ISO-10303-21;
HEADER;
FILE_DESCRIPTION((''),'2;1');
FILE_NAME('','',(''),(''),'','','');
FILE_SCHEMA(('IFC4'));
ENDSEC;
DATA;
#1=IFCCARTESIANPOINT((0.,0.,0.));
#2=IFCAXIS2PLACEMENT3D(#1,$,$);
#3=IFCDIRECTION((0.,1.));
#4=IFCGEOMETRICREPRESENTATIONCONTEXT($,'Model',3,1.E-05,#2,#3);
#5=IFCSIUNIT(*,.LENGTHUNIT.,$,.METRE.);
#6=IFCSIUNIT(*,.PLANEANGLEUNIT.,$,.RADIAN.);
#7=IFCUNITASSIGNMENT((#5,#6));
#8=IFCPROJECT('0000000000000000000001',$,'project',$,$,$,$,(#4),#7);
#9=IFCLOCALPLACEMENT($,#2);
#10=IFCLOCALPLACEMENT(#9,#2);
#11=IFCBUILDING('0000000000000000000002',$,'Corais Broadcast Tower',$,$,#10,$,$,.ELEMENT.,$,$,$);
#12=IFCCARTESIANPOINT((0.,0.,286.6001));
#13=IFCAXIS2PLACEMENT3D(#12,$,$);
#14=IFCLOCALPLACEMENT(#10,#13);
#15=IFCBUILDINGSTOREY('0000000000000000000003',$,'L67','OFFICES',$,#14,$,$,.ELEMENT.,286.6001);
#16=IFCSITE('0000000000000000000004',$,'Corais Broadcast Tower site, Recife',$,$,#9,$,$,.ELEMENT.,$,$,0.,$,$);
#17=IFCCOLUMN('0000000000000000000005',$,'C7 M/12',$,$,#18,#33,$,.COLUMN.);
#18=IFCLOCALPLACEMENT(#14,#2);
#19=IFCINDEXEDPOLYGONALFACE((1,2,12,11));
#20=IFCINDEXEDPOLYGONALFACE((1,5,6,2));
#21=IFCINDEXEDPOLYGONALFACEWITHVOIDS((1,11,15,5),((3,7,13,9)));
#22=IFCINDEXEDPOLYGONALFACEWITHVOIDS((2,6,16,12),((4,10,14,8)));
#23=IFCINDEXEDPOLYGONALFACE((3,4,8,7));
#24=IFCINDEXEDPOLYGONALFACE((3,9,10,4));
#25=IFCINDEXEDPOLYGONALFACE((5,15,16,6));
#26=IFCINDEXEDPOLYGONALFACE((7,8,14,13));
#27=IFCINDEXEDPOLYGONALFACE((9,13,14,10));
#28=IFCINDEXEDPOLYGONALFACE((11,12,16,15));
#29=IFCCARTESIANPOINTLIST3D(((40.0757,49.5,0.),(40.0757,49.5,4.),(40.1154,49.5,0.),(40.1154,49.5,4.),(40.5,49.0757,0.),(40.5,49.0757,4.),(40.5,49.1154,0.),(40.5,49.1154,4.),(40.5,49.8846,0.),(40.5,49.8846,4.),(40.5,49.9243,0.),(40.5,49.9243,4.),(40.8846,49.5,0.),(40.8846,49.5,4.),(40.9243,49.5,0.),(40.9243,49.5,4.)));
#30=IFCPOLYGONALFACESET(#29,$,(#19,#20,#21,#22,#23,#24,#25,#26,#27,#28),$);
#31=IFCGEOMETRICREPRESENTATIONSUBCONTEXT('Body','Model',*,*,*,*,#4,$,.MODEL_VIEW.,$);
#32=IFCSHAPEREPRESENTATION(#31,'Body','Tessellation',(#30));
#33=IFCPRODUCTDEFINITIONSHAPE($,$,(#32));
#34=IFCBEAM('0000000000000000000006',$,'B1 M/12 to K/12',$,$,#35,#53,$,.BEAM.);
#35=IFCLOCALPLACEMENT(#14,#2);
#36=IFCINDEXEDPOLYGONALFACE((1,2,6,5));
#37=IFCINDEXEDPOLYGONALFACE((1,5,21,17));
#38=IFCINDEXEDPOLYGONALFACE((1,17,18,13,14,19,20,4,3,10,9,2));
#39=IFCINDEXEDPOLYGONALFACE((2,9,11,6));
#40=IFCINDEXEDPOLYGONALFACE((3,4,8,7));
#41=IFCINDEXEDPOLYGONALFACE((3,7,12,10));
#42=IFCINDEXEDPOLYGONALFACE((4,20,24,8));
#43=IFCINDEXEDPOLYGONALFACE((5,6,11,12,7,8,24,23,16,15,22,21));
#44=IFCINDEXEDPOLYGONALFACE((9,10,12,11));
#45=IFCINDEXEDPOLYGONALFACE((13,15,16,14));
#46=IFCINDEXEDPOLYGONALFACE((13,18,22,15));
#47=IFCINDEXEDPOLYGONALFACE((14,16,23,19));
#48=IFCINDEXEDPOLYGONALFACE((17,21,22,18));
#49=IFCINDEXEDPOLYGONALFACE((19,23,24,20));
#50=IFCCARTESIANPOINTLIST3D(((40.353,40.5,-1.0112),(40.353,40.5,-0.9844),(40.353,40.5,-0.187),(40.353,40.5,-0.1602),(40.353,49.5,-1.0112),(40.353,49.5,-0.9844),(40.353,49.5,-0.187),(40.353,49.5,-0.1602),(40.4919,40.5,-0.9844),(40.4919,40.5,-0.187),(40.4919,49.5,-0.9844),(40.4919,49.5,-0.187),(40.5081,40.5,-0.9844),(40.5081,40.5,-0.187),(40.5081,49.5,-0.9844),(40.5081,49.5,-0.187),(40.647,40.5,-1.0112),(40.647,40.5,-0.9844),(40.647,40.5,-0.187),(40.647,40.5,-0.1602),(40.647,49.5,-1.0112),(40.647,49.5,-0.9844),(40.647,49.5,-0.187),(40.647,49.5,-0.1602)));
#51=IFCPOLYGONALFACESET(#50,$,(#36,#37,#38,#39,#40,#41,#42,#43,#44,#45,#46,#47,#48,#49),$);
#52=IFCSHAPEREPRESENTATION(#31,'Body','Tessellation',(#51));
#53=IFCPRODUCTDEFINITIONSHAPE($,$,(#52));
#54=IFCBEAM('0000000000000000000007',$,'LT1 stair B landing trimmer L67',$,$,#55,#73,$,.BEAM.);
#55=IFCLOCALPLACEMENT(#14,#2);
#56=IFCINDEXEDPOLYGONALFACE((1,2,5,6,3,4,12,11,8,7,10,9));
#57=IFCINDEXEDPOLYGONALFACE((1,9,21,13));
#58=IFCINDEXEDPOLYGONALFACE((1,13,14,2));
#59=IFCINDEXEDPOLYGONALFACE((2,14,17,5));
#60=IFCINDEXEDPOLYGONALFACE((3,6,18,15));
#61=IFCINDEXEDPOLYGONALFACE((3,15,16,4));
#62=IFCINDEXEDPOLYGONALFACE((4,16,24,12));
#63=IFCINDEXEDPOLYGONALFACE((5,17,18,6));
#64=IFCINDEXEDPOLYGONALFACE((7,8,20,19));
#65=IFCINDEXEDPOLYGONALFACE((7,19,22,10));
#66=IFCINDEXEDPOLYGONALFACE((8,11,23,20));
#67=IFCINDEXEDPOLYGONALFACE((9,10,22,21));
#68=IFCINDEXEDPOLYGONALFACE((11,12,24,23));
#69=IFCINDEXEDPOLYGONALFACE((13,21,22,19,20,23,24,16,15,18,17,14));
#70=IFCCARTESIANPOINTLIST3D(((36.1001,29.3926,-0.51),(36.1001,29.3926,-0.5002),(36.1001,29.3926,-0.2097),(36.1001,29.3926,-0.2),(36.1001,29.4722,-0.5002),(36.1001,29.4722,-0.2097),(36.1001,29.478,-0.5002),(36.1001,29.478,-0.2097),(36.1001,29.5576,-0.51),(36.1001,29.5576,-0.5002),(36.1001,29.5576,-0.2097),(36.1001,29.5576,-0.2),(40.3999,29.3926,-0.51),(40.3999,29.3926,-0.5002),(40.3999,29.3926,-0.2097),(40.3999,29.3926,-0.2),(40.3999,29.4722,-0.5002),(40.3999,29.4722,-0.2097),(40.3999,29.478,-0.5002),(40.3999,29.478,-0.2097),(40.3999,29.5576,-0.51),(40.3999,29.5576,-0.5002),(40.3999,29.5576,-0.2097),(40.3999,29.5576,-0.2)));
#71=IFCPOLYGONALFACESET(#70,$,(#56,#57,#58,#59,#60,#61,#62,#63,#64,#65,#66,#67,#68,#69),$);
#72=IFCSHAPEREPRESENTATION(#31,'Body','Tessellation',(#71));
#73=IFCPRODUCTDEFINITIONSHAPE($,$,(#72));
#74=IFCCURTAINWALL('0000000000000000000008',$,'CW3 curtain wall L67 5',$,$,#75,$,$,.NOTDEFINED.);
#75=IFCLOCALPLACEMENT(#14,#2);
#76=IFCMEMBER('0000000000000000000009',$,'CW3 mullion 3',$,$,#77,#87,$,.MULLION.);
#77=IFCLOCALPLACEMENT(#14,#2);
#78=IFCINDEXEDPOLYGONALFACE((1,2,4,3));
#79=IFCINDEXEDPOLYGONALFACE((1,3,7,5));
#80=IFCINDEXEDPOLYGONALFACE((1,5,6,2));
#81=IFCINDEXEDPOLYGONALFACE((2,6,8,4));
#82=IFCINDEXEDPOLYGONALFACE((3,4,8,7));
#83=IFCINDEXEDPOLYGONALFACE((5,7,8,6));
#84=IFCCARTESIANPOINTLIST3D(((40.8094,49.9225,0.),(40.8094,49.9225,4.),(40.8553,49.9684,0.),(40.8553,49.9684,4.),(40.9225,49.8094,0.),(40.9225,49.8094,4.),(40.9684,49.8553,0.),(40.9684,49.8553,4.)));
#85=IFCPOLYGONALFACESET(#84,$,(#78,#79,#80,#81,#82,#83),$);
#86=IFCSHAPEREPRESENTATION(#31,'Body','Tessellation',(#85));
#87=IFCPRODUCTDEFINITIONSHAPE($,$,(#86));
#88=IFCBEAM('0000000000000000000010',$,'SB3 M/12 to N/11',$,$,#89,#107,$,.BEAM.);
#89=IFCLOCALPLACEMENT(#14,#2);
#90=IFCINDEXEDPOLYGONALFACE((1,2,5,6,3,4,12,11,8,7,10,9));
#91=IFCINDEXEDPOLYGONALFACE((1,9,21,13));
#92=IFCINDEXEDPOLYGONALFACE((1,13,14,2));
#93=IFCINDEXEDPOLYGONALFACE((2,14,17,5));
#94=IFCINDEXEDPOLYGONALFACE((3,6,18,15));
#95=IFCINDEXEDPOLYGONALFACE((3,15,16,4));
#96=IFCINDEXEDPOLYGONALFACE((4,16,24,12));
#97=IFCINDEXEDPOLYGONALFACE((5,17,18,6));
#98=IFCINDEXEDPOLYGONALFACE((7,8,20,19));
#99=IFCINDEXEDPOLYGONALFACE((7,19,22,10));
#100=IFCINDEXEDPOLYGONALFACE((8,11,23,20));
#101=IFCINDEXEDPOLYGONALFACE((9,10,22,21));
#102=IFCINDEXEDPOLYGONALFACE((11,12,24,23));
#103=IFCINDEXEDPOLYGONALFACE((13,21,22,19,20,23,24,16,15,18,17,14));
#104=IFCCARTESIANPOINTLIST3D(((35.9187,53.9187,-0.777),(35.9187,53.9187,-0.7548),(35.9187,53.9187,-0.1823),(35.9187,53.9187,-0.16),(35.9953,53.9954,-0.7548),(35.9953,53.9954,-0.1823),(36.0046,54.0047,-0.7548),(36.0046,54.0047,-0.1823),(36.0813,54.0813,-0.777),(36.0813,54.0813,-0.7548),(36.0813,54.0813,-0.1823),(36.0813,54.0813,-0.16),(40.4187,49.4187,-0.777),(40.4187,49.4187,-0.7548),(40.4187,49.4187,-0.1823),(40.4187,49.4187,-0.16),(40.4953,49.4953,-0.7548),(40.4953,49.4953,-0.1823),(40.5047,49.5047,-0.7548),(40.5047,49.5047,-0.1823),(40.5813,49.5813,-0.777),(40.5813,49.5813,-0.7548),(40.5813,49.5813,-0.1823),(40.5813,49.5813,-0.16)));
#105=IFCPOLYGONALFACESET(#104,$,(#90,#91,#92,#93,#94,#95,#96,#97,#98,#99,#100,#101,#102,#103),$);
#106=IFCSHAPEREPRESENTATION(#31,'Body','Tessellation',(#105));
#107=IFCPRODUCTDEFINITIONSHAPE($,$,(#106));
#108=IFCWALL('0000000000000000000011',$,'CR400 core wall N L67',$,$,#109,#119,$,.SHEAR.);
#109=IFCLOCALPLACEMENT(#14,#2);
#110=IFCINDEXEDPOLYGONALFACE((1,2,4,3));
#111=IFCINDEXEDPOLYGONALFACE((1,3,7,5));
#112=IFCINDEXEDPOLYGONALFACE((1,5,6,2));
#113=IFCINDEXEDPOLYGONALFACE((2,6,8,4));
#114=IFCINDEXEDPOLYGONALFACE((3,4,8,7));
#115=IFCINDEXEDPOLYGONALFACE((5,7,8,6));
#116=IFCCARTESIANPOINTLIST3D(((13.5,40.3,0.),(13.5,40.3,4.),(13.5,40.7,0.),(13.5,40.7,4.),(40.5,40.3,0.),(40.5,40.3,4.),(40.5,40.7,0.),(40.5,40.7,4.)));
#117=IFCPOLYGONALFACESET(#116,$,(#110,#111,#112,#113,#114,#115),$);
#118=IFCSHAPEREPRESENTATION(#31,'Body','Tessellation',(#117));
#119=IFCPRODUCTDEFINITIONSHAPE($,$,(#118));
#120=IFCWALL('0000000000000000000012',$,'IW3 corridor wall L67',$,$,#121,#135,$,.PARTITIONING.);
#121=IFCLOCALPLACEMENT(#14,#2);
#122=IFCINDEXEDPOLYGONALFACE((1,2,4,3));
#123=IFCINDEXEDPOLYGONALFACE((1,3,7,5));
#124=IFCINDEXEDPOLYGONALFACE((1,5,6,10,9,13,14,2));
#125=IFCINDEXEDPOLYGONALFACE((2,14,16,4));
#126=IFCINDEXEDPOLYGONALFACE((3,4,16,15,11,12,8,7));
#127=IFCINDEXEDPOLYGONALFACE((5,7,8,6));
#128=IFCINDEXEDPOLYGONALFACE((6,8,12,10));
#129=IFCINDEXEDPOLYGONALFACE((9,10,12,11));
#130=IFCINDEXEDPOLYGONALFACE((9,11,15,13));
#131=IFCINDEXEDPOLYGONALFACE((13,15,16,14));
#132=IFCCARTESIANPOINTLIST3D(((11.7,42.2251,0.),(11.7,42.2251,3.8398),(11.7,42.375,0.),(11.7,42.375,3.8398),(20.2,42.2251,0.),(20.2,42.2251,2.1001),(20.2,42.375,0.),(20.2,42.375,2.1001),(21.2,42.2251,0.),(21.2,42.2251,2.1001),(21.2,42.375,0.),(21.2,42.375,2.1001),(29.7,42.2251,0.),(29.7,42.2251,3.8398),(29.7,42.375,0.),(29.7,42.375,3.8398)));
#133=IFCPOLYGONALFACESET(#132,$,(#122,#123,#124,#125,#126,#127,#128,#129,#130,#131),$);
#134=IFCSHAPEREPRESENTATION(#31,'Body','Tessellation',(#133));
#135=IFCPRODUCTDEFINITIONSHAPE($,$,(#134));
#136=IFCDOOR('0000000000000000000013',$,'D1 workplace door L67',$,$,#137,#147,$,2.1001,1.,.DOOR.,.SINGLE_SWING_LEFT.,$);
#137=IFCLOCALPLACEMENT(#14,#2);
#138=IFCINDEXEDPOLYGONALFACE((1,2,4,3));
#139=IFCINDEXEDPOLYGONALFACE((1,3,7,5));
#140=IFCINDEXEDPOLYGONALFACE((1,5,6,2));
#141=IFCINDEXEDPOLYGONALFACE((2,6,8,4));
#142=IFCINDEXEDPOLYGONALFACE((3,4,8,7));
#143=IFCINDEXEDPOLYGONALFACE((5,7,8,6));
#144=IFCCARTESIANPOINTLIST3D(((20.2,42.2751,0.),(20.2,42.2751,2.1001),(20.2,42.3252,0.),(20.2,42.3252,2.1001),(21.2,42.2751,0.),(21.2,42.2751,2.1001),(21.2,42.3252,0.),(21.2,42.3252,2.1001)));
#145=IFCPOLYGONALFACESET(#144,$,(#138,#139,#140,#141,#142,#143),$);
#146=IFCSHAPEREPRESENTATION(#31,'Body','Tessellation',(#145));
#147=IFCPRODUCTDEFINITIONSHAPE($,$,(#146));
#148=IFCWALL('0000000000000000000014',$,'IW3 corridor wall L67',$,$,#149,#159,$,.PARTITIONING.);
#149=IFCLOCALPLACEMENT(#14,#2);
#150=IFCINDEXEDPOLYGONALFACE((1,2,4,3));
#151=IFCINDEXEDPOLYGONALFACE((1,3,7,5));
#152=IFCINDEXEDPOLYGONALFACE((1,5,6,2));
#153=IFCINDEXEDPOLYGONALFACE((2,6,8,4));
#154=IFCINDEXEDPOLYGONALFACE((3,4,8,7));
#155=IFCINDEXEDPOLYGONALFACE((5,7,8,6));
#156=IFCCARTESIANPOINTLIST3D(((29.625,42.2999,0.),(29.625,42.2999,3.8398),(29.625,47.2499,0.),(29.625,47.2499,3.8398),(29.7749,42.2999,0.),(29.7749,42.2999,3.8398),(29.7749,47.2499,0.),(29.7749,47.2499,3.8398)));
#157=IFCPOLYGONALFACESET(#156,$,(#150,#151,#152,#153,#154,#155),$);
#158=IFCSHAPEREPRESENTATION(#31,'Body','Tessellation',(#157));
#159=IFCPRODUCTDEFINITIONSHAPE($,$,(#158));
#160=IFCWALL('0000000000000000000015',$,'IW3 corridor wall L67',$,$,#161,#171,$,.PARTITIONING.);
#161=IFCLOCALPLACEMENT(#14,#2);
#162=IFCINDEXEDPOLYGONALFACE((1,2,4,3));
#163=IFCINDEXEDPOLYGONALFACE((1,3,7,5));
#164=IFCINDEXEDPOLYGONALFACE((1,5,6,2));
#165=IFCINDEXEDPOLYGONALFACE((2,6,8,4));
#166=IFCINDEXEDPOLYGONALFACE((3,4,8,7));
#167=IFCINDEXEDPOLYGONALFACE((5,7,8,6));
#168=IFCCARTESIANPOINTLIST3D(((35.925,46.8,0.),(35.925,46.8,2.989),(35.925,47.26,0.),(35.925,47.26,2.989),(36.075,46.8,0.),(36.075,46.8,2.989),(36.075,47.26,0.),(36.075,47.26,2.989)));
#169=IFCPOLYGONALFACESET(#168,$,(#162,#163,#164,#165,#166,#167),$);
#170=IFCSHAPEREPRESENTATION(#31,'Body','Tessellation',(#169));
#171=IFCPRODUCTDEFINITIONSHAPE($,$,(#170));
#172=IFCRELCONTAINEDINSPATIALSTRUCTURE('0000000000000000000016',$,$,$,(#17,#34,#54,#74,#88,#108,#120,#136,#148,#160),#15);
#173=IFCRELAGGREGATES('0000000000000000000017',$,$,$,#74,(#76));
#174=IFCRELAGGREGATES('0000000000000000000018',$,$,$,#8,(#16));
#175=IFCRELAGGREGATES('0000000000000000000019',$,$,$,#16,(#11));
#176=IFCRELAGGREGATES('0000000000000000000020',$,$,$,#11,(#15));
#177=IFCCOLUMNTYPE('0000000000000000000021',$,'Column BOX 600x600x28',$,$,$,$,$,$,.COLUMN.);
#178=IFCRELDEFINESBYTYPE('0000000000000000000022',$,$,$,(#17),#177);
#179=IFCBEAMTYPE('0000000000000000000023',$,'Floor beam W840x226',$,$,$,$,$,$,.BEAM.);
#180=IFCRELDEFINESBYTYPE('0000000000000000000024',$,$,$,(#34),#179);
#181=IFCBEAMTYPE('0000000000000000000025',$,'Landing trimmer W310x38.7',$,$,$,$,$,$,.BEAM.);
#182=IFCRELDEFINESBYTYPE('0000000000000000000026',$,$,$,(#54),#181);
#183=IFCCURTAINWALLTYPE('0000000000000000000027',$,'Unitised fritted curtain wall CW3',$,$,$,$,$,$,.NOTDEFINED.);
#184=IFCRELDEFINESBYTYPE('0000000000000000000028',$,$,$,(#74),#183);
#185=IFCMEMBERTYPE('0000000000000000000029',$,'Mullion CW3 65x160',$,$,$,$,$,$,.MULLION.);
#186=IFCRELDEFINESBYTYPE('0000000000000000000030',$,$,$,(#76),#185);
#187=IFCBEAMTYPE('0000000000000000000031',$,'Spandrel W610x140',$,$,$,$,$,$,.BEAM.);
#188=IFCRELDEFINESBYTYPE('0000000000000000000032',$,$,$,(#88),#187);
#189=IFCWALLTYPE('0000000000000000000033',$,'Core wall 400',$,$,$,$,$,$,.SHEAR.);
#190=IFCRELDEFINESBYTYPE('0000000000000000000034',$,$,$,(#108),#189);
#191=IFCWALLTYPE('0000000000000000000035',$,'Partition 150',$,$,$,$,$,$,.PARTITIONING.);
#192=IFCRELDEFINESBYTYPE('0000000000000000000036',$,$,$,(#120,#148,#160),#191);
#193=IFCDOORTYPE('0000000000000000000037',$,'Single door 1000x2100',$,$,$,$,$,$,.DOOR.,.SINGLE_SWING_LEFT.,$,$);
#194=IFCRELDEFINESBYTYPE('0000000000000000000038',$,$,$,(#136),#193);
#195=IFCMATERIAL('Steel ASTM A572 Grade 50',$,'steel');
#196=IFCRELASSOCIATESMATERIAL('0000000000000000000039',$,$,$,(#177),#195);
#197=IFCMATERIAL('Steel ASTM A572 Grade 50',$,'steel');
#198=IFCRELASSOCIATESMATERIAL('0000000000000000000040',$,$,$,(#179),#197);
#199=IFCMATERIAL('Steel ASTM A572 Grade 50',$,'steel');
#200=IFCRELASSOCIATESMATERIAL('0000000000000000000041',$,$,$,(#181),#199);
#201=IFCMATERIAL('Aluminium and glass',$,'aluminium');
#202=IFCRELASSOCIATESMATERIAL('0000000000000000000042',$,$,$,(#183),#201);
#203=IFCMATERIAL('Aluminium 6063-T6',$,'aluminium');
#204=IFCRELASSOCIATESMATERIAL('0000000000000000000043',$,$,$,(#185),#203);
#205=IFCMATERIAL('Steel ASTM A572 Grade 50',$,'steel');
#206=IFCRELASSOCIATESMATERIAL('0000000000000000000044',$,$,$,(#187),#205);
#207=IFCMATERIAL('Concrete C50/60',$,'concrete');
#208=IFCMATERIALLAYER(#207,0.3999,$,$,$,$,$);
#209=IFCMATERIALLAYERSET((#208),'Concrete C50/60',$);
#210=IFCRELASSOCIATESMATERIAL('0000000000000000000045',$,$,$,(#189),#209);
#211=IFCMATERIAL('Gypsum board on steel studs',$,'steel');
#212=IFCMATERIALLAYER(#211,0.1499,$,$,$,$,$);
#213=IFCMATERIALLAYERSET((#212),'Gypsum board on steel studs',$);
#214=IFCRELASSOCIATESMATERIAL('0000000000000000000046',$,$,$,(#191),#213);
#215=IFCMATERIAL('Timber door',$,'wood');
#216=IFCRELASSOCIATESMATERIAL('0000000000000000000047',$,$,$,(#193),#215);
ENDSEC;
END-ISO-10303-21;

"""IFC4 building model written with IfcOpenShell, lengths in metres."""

from ifc_helpers import new_model, si_unit, direction, frame, frame_2d, origin, origin_2d, place, context, subcontext, project, spatial, rectangle, hollow_rectangle, i_section, extrude, material, layer, layer_set, material_profile, profile_set, type_object, element, fill, aggregate, save


model = new_model("IFC4")

# Units and contexts
model_context = context("Model", 3, precision=1e-05, world=origin(), true_north=direction((0.0, 1.0)))
body_context = subcontext(model_context, "Body", "Model", "MODEL_VIEW")
ifc_project = project(units=[si_unit("LENGTHUNIT", "METRE"), si_unit("PLANEANGLEUNIT", "RADIAN")], contexts=[model_context])

# Site, building, storey
site_placement = place(None, origin())
site = spatial("IfcSite", under=ifc_project, at=site_placement, Name="Corais Broadcast Tower site, Recife", CompositionType="ELEMENT", RefElevation=0.0)
building_placement = place(site_placement, origin())
building = spatial("IfcBuilding", under=site, at=building_placement, Name="Corais Broadcast Tower", CompositionType="ELEMENT")
storey_placement = place(building_placement, frame((0.0, 0.0, 286.6001)))
storey = spatial("IfcBuildingStorey", under=building, at=storey_placement, Name="L67", Description="OFFICES", CompositionType="ELEMENT", Elevation=286.6001)

# Column
ifc_material_1 = material(Name="Steel ASTM A572 Grade 50", Category="steel")
ifc_material_profile_1 = material_profile(ifc_material_1, hollow_rectangle(XDim=0.6001, YDim=0.6001, WallThickness=0.0281, at=origin_2d()), Name="BOX 600x600x28")
ifc_profile_set_1 = profile_set([ifc_material_profile_1], Name="Steel ASTM A572 Grade 50")
column_type = type_object("IfcColumnType", Name="Column BOX 600x600x28", PredefinedType="COLUMN", material=ifc_profile_set_1)
column_placement = place(storey_placement, frame((40.5, 49.5, 0.0), z_axis=(0.0, 0.0, 1.0), x_axis=(0.707107, 0.707107, 0.0)))
element("IfcColumn", 1, at=column_placement, inside=storey, type_object=column_type, Name="C7 M/12", PredefinedType="COLUMN", context=body_context, shape_type="SweptSolid", body=[
    extrude(hollow_rectangle(XDim=0.6001, YDim=0.6001, WallThickness=0.0281, at=origin_2d()), origin(), (0.0, 0.0, 1.0), 4.0),
])

# Beams
ifc_material_2 = material(Name="Steel ASTM A572 Grade 50", Category="steel")
ifc_material_profile_2 = material_profile(ifc_material_2, i_section(OverallWidth=0.2939, OverallDepth=0.8511, WebThickness=0.0161, FlangeThickness=0.0269, at=origin_2d()), Name="W840x226")
ifc_profile_set_2 = profile_set([ifc_material_profile_2], Name="Steel ASTM A572 Grade 50")
beam_type_1 = type_object("IfcBeamType", Name="Floor beam W840x226", PredefinedType="BEAM", material=ifc_profile_set_2)
beam_1_placement = place(storey_placement, frame((40.5, 49.5, -0.5857), z_axis=(0.0, -1.0, 0.0), x_axis=(1.0, 0.0, 0.0)))
element("IfcBeam", 2, at=beam_1_placement, inside=storey, type_object=beam_type_1, Name="B1 M/12 to K/12", PredefinedType="BEAM", context=body_context, shape_type="SweptSolid", body=[
    extrude(i_section(OverallWidth=0.2939, OverallDepth=0.8511, WebThickness=0.0161, FlangeThickness=0.0269, at=origin_2d()), origin(), (0.0, 0.0, 1.0), 9.0),
])
ifc_material_3 = material(Name="Steel ASTM A572 Grade 50", Category="steel")
ifc_material_profile_3 = material_profile(ifc_material_3, i_section(OverallWidth=0.165, OverallDepth=0.3101, WebThickness=0.0059, FlangeThickness=0.0098, at=origin_2d()), Name="W310x38.7")
ifc_profile_set_3 = profile_set([ifc_material_profile_3], Name="Steel ASTM A572 Grade 50")
beam_type_2 = type_object("IfcBeamType", Name="Landing trimmer W310x38.7", PredefinedType="BEAM", material=ifc_profile_set_3)
beam_2_placement = place(storey_placement, frame((36.1001, 29.4751, -0.355), z_axis=(1.0, 0.0, 0.0), x_axis=(0.0, 1.0, 0.0)))
element("IfcBeam", 3, at=beam_2_placement, inside=storey, type_object=beam_type_2, Name="LT1 stair B landing trimmer L67", PredefinedType="BEAM", context=body_context, shape_type="SweptSolid", body=[
    extrude(i_section(OverallWidth=0.165, OverallDepth=0.3101, WebThickness=0.0059, FlangeThickness=0.0098, at=origin_2d()), origin(), (0.0, 0.0, 1.0), 4.2998),
])

# Curtain wall, member
ifc_material_4 = material(Name="Aluminium and glass", Category="aluminium")
curtain_wall_type = type_object("IfcCurtainWallType", Name="Unitised fritted curtain wall CW3", PredefinedType="NOTDEFINED", material=ifc_material_4)
curtain_wall_placement = place(storey_placement, origin())
curtain_wall = element("IfcCurtainWall", 4, at=curtain_wall_placement, inside=storey, type_object=curtain_wall_type, Name="CW3 curtain wall L67 5", PredefinedType="NOTDEFINED")
ifc_material_5 = material(Name="Aluminium 6063-T6", Category="aluminium")
ifc_material_profile_4 = material_profile(ifc_material_5, rectangle(XDim=0.0649, YDim=0.1599, at=origin_2d()), Name="Mullion CW3 65x160")
ifc_profile_set_4 = profile_set([ifc_material_profile_4], Name="Aluminium 6063-T6")
member_type = type_object("IfcMemberType", Name="Mullion CW3 65x160", PredefinedType="MULLION", material=ifc_profile_set_4)
member_placement = place(storey_placement, frame((40.8889, 49.8889, 0.0), z_axis=(0.0, 0.0, 1.0), x_axis=(0.707107, 0.707107, 0.0)))
member = element("IfcMember", 5, at=member_placement, type_object=member_type, Name="CW3 mullion 3", PredefinedType="MULLION", context=body_context, shape_type="SweptSolid", body=[
    extrude(rectangle(XDim=0.0649, YDim=0.1599, at=origin_2d()), origin(), (0.0, 0.0, 1.0), 4.0),
])
aggregate(curtain_wall, [member])

# Beam
ifc_material_6 = material(Name="Steel ASTM A572 Grade 50", Category="steel")
ifc_material_profile_5 = material_profile(ifc_material_6, i_section(OverallWidth=0.23, OverallDepth=0.6169, WebThickness=0.0132, FlangeThickness=0.0222, at=origin_2d()), Name="W610x140")
ifc_profile_set_5 = profile_set([ifc_material_profile_5], Name="Steel ASTM A572 Grade 50")
beam_type_3 = type_object("IfcBeamType", Name="Spandrel W610x140", PredefinedType="BEAM", material=ifc_profile_set_5)
beam_3_placement = place(storey_placement, frame((40.5, 49.5, -0.4685), z_axis=(-0.707107, 0.707107, 0.0), x_axis=(-0.707107, -0.707107, 0.0)))
element("IfcBeam", 6, at=beam_3_placement, inside=storey, type_object=beam_type_3, Name="SB3 M/12 to N/11", PredefinedType="BEAM", context=body_context, shape_type="SweptSolid", body=[
    extrude(i_section(OverallWidth=0.23, OverallDepth=0.6169, WebThickness=0.0132, FlangeThickness=0.0222, at=origin_2d()), origin(), (0.0, 0.0, 1.0), 6.364),
])

# Wall
ifc_material_7 = material(Name="Concrete C50/60", Category="concrete")
ifc_layer_1 = layer(ifc_material_7, 0.3999)
ifc_layer_set_1 = layer_set([ifc_layer_1], Name="Concrete C50/60")
wall_type_1 = type_object("IfcWallType", Name="Core wall 400", PredefinedType="SHEAR", material=ifc_layer_set_1)
wall_1_placement = place(storey_placement, frame((40.5, 40.5, 0.0), z_axis=(0.0, 0.0, 1.0), x_axis=(-1.0, 0.0, 0.0)))
element("IfcWall", 7, at=wall_1_placement, inside=storey, type_object=wall_type_1, Name="CR400 core wall N L67", PredefinedType="SHEAR", context=body_context, shape_type="SweptSolid", body=[
    extrude(rectangle(XDim=27.0, YDim=0.3999, at=frame_2d((13.5, 0.0))), origin(), (0.0, 0.0, 1.0), 4.0),
])

# Wall, opening, door
ifc_material_8 = material(Name="Gypsum board on steel studs", Category="steel")
ifc_layer_2 = layer(ifc_material_8, 0.1499)
ifc_layer_set_2 = layer_set([ifc_layer_2], Name="Gypsum board on steel studs")
wall_type_2 = type_object("IfcWallType", Name="Partition 150", PredefinedType="PARTITIONING", material=ifc_layer_set_2)
wall_2_placement = place(storey_placement, frame((29.7, 42.3, 0.0), z_axis=(0.0, 0.0, 1.0), x_axis=(-1.0, 0.0, 0.0)))
wall_2 = element("IfcWall", 8, at=wall_2_placement, inside=storey, type_object=wall_type_2, Name="IW3 corridor wall L67", PredefinedType="PARTITIONING", context=body_context, shape_type="SweptSolid", body=[
    extrude(rectangle(XDim=18.0, YDim=0.1499, at=frame_2d((9.0, 0.0))), origin(), (0.0, 0.0, 1.0), 3.8398),
])
opening_1_placement = place(wall_2_placement, frame((8.5, 0.0, 0.0)))
opening_1 = element("IfcOpeningElement", 9, at=opening_1_placement, cuts=wall_2, PredefinedType="OPENING", context=body_context, shape_type="SweptSolid", body=[
    extrude(rectangle(XDim=1.0, YDim=2.1001, at=frame_2d((0.5, 1.05))), frame((0.0, 0.085, 0.0), z_axis=(0.0, -1.0, 0.0), x_axis=(1.0, 0.0, 0.0)), (0.0, 0.0, 1.0), 0.1699),
])
ifc_material_9 = material(Name="Timber door", Category="wood")
door_type = type_object("IfcDoorType", Name="Single door 1000x2100", OperationType="SINGLE_SWING_LEFT", PredefinedType="DOOR", material=ifc_material_9)
door_1_placement = place(opening_1_placement, origin())
door_1 = element("IfcDoor", 10, at=door_1_placement, inside=storey, type_object=door_type, Name="D1 workplace door L67", OperationType="SINGLE_SWING_LEFT", OverallHeight=2.1001, OverallWidth=1.0, PredefinedType="DOOR", context=body_context, shape_type="SweptSolid", body=[
    extrude(rectangle(XDim=1.0, YDim=2.1001, at=frame_2d((0.5, 1.05))), frame((0.0, 0.0249, 0.0), z_axis=(0.0, -1.0, 0.0), x_axis=(1.0, 0.0, 0.0)), (0.0, 0.0, 1.0), 0.05),
])
fill(opening_1, door_1)

# Walls
wall_3_placement = place(storey_placement, frame((29.7, 47.25, 0.0), z_axis=(0.0, 0.0, 1.0), x_axis=(0.0, -1.0, 0.0)))
element("IfcWall", 11, at=wall_3_placement, inside=storey, type_object=wall_type_2, Name="IW3 corridor wall L67", PredefinedType="PARTITIONING", context=body_context, shape_type="SweptSolid", body=[
    extrude(rectangle(XDim=4.95, YDim=0.1499, at=frame_2d((2.4751, 0.0))), origin(), (0.0, 0.0, 1.0), 3.8398),
])
wall_4_placement = place(storey_placement, frame((36.0, 46.8, 0.0), z_axis=(0.0, 0.0, 1.0), x_axis=(0.0, 1.0, 0.0)))
element("IfcWall", 12, at=wall_4_placement, inside=storey, type_object=wall_type_2, Name="IW3 corridor wall L67", PredefinedType="PARTITIONING", context=body_context, shape_type="SweptSolid", body=[
    extrude(rectangle(XDim=0.46, YDim=0.1499, at=frame_2d((0.23, 0.0))), origin(), (0.0, 0.0, 1.0), 2.989),
])

save(model, "model.ifc")
